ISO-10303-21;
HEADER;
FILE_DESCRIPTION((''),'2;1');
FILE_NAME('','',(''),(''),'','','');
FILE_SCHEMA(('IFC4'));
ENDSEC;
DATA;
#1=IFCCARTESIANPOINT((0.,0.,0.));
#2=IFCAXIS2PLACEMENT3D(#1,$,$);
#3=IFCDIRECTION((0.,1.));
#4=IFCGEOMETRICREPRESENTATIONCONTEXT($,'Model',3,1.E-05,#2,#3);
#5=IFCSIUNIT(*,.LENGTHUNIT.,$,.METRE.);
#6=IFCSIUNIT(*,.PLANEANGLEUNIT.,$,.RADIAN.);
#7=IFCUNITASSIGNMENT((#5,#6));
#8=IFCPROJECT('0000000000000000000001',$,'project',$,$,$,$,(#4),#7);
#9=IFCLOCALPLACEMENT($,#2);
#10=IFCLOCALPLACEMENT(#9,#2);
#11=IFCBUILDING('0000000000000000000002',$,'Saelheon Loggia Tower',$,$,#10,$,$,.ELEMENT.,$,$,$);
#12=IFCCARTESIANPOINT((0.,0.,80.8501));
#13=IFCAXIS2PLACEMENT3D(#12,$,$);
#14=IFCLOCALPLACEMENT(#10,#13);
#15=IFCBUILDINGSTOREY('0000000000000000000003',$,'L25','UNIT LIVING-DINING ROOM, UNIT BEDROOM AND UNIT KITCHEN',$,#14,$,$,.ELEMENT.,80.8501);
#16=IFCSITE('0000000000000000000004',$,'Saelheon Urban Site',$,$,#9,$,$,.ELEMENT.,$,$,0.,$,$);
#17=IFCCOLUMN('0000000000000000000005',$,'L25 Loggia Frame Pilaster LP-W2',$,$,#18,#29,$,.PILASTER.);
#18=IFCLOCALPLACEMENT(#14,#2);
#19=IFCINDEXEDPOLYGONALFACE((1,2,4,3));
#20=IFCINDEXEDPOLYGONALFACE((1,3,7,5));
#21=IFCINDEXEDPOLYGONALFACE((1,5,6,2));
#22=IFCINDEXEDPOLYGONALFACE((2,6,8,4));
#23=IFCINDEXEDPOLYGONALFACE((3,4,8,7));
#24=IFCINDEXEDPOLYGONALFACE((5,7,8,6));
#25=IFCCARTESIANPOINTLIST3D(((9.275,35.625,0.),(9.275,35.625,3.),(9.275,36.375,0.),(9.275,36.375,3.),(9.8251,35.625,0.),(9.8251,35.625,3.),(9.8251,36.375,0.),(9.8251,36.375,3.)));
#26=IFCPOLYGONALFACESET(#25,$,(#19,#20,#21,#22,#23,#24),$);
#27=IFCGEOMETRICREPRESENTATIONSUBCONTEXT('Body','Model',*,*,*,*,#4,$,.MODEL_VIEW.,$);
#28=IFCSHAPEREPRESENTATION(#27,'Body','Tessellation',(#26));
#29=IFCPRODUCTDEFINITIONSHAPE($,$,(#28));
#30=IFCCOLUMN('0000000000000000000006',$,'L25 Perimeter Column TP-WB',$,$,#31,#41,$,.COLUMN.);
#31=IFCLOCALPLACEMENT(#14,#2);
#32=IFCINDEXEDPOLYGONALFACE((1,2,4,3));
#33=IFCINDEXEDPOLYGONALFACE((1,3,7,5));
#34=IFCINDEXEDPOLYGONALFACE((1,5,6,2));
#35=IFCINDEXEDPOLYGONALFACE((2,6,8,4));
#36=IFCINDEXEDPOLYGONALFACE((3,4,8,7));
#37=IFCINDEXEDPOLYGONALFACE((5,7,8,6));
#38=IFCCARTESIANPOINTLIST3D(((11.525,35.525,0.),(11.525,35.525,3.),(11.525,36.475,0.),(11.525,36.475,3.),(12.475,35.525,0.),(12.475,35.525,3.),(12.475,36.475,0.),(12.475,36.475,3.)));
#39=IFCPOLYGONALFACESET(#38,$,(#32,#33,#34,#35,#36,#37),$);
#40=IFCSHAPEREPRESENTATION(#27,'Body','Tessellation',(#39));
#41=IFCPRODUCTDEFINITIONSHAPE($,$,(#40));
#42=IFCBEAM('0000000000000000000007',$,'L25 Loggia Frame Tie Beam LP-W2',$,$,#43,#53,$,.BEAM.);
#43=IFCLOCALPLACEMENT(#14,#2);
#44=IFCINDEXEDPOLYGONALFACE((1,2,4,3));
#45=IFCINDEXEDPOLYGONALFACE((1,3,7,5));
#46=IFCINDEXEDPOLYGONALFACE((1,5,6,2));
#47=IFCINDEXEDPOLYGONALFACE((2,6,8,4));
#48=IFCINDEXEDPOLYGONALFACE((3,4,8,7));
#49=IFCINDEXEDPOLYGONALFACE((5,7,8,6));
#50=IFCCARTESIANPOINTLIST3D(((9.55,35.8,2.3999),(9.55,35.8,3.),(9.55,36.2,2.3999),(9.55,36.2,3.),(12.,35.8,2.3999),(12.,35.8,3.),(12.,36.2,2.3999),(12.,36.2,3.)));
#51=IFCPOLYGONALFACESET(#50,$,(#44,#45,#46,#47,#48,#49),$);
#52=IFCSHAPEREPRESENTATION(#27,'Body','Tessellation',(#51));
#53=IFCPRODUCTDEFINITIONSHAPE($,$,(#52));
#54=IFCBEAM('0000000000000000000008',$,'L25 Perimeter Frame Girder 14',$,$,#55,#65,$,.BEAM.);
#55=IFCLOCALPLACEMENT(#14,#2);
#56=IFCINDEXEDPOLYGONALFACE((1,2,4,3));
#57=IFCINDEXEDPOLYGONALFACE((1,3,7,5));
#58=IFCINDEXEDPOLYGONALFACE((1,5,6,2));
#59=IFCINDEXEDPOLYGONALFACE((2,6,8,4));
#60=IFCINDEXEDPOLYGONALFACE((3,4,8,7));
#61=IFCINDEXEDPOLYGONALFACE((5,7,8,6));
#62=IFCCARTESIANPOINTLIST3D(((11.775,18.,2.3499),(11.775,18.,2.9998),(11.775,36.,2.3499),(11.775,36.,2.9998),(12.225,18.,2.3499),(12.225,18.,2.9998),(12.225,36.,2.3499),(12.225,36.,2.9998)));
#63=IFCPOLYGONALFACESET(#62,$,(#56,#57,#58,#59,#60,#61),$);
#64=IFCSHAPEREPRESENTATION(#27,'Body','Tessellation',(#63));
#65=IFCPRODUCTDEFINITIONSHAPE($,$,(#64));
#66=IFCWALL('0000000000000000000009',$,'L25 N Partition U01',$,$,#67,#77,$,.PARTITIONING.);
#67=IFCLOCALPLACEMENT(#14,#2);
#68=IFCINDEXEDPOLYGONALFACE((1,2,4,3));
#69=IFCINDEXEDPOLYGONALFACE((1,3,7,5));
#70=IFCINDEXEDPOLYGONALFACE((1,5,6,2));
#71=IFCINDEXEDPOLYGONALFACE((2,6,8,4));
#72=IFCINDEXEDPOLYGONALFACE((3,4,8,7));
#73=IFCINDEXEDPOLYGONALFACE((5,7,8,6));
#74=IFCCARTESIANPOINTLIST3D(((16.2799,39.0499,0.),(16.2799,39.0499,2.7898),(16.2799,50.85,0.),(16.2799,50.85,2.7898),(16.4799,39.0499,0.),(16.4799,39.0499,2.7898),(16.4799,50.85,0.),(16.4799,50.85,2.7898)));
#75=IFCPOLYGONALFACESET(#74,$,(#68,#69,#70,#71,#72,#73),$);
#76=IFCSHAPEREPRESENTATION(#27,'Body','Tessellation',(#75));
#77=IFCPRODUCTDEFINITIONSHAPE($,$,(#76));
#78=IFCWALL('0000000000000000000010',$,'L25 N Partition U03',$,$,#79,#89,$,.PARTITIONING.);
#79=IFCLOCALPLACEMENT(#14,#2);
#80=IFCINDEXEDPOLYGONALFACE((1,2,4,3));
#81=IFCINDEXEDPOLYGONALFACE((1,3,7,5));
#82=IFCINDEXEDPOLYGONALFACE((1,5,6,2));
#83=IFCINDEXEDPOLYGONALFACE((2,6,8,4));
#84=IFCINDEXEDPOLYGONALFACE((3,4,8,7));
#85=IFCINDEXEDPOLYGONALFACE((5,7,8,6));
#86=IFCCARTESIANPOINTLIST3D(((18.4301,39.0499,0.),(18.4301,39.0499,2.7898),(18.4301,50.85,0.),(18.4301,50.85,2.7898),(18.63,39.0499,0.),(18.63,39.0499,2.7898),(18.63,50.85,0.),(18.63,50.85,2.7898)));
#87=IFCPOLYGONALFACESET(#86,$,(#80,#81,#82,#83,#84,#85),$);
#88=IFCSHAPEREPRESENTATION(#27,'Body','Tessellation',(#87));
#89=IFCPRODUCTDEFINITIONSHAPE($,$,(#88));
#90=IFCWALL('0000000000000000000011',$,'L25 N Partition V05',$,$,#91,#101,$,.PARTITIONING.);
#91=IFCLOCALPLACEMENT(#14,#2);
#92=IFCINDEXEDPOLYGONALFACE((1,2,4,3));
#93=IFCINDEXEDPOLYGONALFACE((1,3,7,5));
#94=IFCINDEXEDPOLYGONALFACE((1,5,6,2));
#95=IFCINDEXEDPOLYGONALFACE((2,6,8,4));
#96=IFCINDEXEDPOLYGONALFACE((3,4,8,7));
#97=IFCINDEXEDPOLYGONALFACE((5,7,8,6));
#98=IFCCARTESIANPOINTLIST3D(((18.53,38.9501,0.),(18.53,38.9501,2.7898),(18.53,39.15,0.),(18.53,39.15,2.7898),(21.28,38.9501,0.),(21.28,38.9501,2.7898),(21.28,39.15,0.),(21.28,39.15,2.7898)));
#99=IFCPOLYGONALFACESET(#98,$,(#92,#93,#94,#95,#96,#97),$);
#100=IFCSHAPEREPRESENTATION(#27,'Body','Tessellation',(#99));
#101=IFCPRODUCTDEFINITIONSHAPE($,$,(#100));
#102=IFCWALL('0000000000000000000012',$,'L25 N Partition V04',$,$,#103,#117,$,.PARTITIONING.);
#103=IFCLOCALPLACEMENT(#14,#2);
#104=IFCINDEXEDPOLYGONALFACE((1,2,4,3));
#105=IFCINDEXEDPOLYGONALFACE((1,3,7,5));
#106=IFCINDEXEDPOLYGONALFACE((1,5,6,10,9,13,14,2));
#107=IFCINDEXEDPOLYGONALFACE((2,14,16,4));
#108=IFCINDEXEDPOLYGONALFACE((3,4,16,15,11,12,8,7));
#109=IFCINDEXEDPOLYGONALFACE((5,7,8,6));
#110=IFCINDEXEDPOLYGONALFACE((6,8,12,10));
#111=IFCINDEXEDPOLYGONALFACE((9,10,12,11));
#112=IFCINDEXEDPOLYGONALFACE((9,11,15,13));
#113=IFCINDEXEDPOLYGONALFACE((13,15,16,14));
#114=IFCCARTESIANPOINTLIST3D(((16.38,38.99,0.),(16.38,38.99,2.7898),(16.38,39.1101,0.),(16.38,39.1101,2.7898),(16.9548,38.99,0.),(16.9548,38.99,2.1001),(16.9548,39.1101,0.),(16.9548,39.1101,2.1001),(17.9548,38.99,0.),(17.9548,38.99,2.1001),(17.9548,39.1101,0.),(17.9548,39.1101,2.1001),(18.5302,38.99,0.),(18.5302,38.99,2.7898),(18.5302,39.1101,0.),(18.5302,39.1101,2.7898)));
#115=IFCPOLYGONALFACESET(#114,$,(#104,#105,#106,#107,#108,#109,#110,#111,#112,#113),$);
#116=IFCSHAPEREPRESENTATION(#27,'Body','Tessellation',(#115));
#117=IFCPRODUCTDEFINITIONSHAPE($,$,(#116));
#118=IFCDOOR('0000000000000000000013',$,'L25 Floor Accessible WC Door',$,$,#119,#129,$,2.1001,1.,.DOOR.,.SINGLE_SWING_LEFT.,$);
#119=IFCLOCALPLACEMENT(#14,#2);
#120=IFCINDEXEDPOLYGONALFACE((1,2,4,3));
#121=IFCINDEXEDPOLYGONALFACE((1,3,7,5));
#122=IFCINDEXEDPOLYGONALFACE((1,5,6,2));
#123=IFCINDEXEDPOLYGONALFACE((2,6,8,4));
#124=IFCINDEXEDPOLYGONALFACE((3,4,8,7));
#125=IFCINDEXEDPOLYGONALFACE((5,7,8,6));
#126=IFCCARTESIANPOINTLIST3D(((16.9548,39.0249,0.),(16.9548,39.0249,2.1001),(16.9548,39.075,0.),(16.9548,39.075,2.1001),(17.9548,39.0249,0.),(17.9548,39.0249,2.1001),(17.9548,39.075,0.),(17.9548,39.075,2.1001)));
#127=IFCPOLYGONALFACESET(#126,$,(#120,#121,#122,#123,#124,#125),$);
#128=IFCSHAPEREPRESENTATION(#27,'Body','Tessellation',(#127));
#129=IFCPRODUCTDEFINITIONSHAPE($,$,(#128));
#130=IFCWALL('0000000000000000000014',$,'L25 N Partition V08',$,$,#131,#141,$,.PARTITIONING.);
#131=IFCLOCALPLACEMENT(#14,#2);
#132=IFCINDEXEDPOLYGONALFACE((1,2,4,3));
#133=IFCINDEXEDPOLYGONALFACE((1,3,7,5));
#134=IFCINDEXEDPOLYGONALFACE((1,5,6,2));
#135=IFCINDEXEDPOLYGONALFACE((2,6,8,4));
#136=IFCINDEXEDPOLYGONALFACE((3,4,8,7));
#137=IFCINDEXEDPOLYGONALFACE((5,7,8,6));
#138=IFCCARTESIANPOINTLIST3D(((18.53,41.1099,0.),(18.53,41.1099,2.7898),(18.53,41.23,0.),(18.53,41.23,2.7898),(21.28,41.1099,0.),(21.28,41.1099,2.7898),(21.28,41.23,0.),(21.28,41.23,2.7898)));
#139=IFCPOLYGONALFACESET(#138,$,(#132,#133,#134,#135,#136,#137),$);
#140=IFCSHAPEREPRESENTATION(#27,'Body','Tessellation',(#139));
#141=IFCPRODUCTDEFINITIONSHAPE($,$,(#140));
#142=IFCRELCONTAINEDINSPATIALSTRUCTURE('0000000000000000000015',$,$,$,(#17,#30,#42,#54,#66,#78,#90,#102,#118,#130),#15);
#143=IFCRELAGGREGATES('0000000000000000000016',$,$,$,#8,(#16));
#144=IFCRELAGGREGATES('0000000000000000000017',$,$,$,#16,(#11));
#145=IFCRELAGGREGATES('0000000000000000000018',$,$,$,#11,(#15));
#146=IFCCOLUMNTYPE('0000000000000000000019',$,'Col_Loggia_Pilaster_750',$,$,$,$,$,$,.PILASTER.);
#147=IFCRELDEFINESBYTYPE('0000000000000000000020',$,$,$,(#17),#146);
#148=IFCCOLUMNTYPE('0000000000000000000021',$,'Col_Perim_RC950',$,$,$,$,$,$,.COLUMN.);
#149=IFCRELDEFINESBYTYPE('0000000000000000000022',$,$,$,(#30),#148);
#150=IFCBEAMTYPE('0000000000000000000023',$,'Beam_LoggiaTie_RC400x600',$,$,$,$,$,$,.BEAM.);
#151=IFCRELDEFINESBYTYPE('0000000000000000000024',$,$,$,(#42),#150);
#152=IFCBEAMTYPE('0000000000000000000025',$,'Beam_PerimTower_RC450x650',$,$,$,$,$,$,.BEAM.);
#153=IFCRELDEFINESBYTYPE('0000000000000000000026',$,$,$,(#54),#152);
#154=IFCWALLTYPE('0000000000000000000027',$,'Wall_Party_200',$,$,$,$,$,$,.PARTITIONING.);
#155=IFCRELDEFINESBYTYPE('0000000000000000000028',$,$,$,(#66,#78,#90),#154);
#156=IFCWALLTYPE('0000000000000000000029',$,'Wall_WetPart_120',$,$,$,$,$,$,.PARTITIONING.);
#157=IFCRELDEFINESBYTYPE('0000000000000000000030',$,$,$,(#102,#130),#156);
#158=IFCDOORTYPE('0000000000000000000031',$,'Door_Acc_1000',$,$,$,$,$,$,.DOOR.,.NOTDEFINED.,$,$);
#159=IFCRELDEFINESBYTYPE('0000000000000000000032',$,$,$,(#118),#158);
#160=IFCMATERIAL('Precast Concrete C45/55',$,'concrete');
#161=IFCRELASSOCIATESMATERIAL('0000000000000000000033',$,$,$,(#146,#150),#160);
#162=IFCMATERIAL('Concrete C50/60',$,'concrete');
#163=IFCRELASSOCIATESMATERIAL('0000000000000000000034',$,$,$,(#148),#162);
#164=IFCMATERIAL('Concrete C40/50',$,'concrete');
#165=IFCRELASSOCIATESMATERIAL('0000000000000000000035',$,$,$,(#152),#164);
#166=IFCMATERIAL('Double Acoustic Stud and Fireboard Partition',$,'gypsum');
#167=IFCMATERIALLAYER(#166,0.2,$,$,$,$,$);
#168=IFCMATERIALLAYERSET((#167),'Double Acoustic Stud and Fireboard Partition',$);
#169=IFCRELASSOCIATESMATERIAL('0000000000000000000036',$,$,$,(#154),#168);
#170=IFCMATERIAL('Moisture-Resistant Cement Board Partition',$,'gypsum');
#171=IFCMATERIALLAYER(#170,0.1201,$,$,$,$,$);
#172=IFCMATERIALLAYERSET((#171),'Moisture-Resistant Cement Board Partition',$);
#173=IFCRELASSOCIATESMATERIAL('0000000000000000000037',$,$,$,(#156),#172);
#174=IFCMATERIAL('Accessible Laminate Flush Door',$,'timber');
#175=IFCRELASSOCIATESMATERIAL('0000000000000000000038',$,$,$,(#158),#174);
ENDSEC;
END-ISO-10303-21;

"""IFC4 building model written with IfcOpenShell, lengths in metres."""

from ifc_helpers import new_model, si_unit, direction, frame, frame_2d, origin, origin_2d, place, context, subcontext, project, spatial, rectangle, extrude, source, transform, mapped, material, layer, layer_set, material_profile, profile_set, type_object, element, fill, save


model = new_model("IFC4")

# Units and contexts
model_context = context("Model", 3, precision=1e-05, world=origin(), true_north=direction((0.0, 1.0)))
body_context = subcontext(model_context, "Body", "Model", "MODEL_VIEW")
ifc_project = project(units=[si_unit("LENGTHUNIT", "METRE"), si_unit("PLANEANGLEUNIT", "RADIAN")], contexts=[model_context])

# Site, building, storey
site_placement = place(None, origin())
site = spatial("IfcSite", under=ifc_project, at=site_placement, Name="Saelheon Urban Site", CompositionType="ELEMENT", RefElevation=0.0)
building_placement = place(site_placement, origin())
building = spatial("IfcBuilding", under=site, at=building_placement, Name="Saelheon Loggia Tower", CompositionType="ELEMENT")
storey_placement = place(building_placement, frame((0.0, 0.0, 80.8501)))
storey = spatial("IfcBuildingStorey", under=building, at=storey_placement, Name="L25", Description="UNIT LIVING-DINING ROOM, UNIT BEDROOM AND UNIT KITCHEN", CompositionType="ELEMENT", Elevation=80.8501)

# Columns
ifc_material_1 = material(Name="Precast Concrete C45/55", Category="concrete")
ifc_material_profile_1 = material_profile(ifc_material_1, rectangle(XDim=0.55, YDim=0.75, at=origin_2d()), Name="RC-550x750")
ifc_profile_set_1 = profile_set([ifc_material_profile_1], Name="Precast Concrete C45/55")
column_type_1 = type_object("IfcColumnType", Name="Col_Loggia_Pilaster_750", PredefinedType="PILASTER", material=ifc_profile_set_1)
shared_shape_1 = source(origin(), body_context, "Body", "SweptSolid", [
    extrude(rectangle(XDim=0.55, YDim=0.75, at=origin_2d()), origin(), (0.0, 0.0, 1.0), 3.0),
])
column_1_placement = place(storey_placement, frame((9.55, 36.0, 0.0), z_axis=(0.0, 0.0, 1.0), x_axis=(1.0, 0.0, 0.0)))
element("IfcColumn", 1, at=column_1_placement, inside=storey, type_object=column_type_1, Name="L25 Loggia Frame Pilaster LP-W2", PredefinedType="PILASTER", context=body_context, shape_type="MappedRepresentation", body=[
    mapped(shared_shape_1, transform((0.0, 0.0, 0.0), scale=1.0)),
])
ifc_material_2 = material(Name="Concrete C50/60", Category="concrete")
ifc_material_profile_2 = material_profile(ifc_material_2, rectangle(XDim=0.95, YDim=0.95, at=origin_2d()), Name="RC-950x950")
ifc_profile_set_2 = profile_set([ifc_material_profile_2], Name="Concrete C50/60")
column_type_2 = type_object("IfcColumnType", Name="Col_Perim_RC950", PredefinedType="COLUMN", material=ifc_profile_set_2)
shared_shape_2 = source(origin(), body_context, "Body", "SweptSolid", [
    extrude(rectangle(XDim=0.95, YDim=0.95, at=origin_2d()), origin(), (0.0, 0.0, 1.0), 3.0),
])
column_2_placement = place(storey_placement, frame((12.0, 36.0, 0.0), z_axis=(0.0, 0.0, 1.0), x_axis=(1.0, 0.0, 0.0)))
element("IfcColumn", 2, at=column_2_placement, inside=storey, type_object=column_type_2, Name="L25 Perimeter Column TP-WB", PredefinedType="COLUMN", context=body_context, shape_type="MappedRepresentation", body=[
    mapped(shared_shape_2, transform((0.0, 0.0, 0.0), scale=1.0)),
])

# Beams
ifc_material_profile_3 = material_profile(ifc_material_1, rectangle(XDim=0.3999, YDim=0.6001, at=origin_2d()), Name="RC-400x600")
ifc_profile_set_3 = profile_set([ifc_material_profile_3], Name="Precast Concrete C45/55")
beam_type_1 = type_object("IfcBeamType", Name="Beam_LoggiaTie_RC400x600", PredefinedType="BEAM", material=ifc_profile_set_3)
shared_shape_3 = source(origin(), body_context, "Body", "SweptSolid", [
    extrude(rectangle(XDim=0.3999, YDim=0.6001, at=origin_2d()), origin(), (0.0, 0.0, 1.0), 2.45),
])
beam_1_placement = place(storey_placement, frame((12.0, 36.0, 2.7), z_axis=(-1.0, 0.0, 0.0), x_axis=(0.0, -1.0, 0.0)))
element("IfcBeam", 3, at=beam_1_placement, inside=storey, type_object=beam_type_1, Name="L25 Loggia Frame Tie Beam LP-W2", PredefinedType="BEAM", context=body_context, shape_type="MappedRepresentation", body=[
    mapped(shared_shape_3, transform((0.0, 0.0, 0.0), scale=1.0)),
])
ifc_material_3 = material(Name="Concrete C40/50", Category="concrete")
ifc_material_profile_4 = material_profile(ifc_material_3, rectangle(XDim=0.45, YDim=0.6499, at=origin_2d()), Name="RC-450x650")
ifc_profile_set_4 = profile_set([ifc_material_profile_4], Name="Concrete C40/50")
beam_type_2 = type_object("IfcBeamType", Name="Beam_PerimTower_RC450x650", PredefinedType="BEAM", material=ifc_profile_set_4)
shared_shape_4 = source(origin(), body_context, "Body", "SweptSolid", [
    extrude(rectangle(XDim=0.45, YDim=0.6499, at=origin_2d()), origin(), (0.0, 0.0, 1.0), 18.0),
])
beam_2_placement = place(storey_placement, frame((12.0, 36.0, 2.6748), z_axis=(0.0, -1.0, 0.0), x_axis=(1.0, 0.0, 0.0)))
element("IfcBeam", 4, at=beam_2_placement, inside=storey, type_object=beam_type_2, Name="L25 Perimeter Frame Girder 14", PredefinedType="BEAM", context=body_context, shape_type="MappedRepresentation", body=[
    mapped(shared_shape_4, transform((0.0, 0.0, 0.0), scale=1.0)),
])

# Walls
ifc_material_4 = material(Name="Double Acoustic Stud and Fireboard Partition", Category="gypsum")
ifc_layer_1 = layer(ifc_material_4, 0.2)
ifc_layer_set_1 = layer_set([ifc_layer_1], Name="Double Acoustic Stud and Fireboard Partition")
wall_type_1 = type_object("IfcWallType", Name="Wall_Party_200", PredefinedType="PARTITIONING", material=ifc_layer_set_1)
for number, where, z_axis, x_axis, name in (
    (5, (16.3799, 39.05, 0.0), (0.0, 0.0, 1.0), (0.0, 1.0, 0.0), "L25 N Partition U01"),
    (6, (18.53, 39.05, 0.0), (0.0, 0.0, 1.0), (0.0, 1.0, 0.0), "L25 N Partition U03"),
):
    element("IfcWall", number, at=place(storey_placement, frame(where, z_axis=z_axis, x_axis=x_axis)), inside=storey, type_object=wall_type_1, Name=name, PredefinedType="PARTITIONING", context=body_context, shape_type="SweptSolid", body=[
        extrude(rectangle(XDim=11.8, YDim=0.2, at=frame_2d((5.8999, 0.0))), origin(), (0.0, 0.0, 1.0), 2.7898),
    ])
wall_1_placement = place(storey_placement, frame((18.53, 39.05, 0.0), z_axis=(0.0, 0.0, 1.0), x_axis=(1.0, 0.0, 0.0)))
element("IfcWall", 7, at=wall_1_placement, inside=storey, type_object=wall_type_1, Name="L25 N Partition V05", PredefinedType="PARTITIONING", context=body_context, shape_type="SweptSolid", body=[
    extrude(rectangle(XDim=2.75, YDim=0.2, at=frame_2d((1.375, 0.0))), origin(), (0.0, 0.0, 1.0), 2.7898),
])

# Wall, opening, door
ifc_material_5 = material(Name="Moisture-Resistant Cement Board Partition", Category="gypsum")
ifc_layer_2 = layer(ifc_material_5, 0.1201)
ifc_layer_set_2 = layer_set([ifc_layer_2], Name="Moisture-Resistant Cement Board Partition")
wall_type_2 = type_object("IfcWallType", Name="Wall_WetPart_120", PredefinedType="PARTITIONING", material=ifc_layer_set_2)
wall_2_placement = place(storey_placement, frame((16.3799, 39.05, 0.0), z_axis=(0.0, 0.0, 1.0), x_axis=(1.0, 0.0, 0.0)))
wall_2 = element("IfcWall", 8, at=wall_2_placement, inside=storey, type_object=wall_type_2, Name="L25 N Partition V04", PredefinedType="PARTITIONING", context=body_context, shape_type="SweptSolid", body=[
    extrude(rectangle(XDim=2.1501, YDim=0.1201, at=frame_2d((1.0752, 0.0))), origin(), (0.0, 0.0, 1.0), 2.7898),
])
opening_1_placement = place(wall_2_placement, frame((0.575, 0.0, 0.0)))
opening_1 = element("IfcOpeningElement", 9, at=opening_1_placement, cuts=wall_2, PredefinedType="OPENING", context=body_context, shape_type="SweptSolid", body=[
    extrude(rectangle(XDim=1.0, YDim=2.1001, at=frame_2d((0.5, 1.05))), frame((0.0, 0.072, 0.0), z_axis=(0.0, -1.0, 0.0), x_axis=(1.0, 0.0, 0.0)), (0.0, 0.0, 1.0), 0.144),
])
ifc_material_6 = material(Name="Accessible Laminate Flush Door", Category="timber")
door_type_1 = type_object("IfcDoorType", Name="Door_Acc_1000", OperationType="NOTDEFINED", PredefinedType="DOOR", material=ifc_material_6)
shared_shape_5 = source(origin(), body_context, "Body", "SweptSolid", [
    extrude(rectangle(XDim=1.0, YDim=2.1001, at=frame_2d((0.5, 1.05))), frame((0.0, 0.0249, 0.0), z_axis=(0.0, -1.0, 0.0), x_axis=(1.0, 0.0, 0.0)), (0.0, 0.0, 1.0), 0.05),
])
door_1_placement = place(opening_1_placement, origin())
door_1 = element("IfcDoor", 10, at=door_1_placement, inside=storey, type_object=door_type_1, Name="L25 Floor Accessible WC Door", OperationType="SINGLE_SWING_LEFT", OverallHeight=2.1001, OverallWidth=1.0, PredefinedType="DOOR", context=body_context, shape_type="MappedRepresentation", body=[
    mapped(shared_shape_5, transform((0.0, 0.0, 0.0), scale=1.0)),
])
fill(opening_1, door_1)

# Wall
wall_3_placement = place(storey_placement, frame((18.53, 41.1699, 0.0), z_axis=(0.0, 0.0, 1.0), x_axis=(1.0, 0.0, 0.0)))
element("IfcWall", 11, at=wall_3_placement, inside=storey, type_object=wall_type_2, Name="L25 N Partition V08", PredefinedType="PARTITIONING", context=body_context, shape_type="SweptSolid", body=[
    extrude(rectangle(XDim=2.75, YDim=0.1201, at=frame_2d((1.375, 0.0))), origin(), (0.0, 0.0, 1.0), 2.7898),
])

save(model, "model.ifc")
